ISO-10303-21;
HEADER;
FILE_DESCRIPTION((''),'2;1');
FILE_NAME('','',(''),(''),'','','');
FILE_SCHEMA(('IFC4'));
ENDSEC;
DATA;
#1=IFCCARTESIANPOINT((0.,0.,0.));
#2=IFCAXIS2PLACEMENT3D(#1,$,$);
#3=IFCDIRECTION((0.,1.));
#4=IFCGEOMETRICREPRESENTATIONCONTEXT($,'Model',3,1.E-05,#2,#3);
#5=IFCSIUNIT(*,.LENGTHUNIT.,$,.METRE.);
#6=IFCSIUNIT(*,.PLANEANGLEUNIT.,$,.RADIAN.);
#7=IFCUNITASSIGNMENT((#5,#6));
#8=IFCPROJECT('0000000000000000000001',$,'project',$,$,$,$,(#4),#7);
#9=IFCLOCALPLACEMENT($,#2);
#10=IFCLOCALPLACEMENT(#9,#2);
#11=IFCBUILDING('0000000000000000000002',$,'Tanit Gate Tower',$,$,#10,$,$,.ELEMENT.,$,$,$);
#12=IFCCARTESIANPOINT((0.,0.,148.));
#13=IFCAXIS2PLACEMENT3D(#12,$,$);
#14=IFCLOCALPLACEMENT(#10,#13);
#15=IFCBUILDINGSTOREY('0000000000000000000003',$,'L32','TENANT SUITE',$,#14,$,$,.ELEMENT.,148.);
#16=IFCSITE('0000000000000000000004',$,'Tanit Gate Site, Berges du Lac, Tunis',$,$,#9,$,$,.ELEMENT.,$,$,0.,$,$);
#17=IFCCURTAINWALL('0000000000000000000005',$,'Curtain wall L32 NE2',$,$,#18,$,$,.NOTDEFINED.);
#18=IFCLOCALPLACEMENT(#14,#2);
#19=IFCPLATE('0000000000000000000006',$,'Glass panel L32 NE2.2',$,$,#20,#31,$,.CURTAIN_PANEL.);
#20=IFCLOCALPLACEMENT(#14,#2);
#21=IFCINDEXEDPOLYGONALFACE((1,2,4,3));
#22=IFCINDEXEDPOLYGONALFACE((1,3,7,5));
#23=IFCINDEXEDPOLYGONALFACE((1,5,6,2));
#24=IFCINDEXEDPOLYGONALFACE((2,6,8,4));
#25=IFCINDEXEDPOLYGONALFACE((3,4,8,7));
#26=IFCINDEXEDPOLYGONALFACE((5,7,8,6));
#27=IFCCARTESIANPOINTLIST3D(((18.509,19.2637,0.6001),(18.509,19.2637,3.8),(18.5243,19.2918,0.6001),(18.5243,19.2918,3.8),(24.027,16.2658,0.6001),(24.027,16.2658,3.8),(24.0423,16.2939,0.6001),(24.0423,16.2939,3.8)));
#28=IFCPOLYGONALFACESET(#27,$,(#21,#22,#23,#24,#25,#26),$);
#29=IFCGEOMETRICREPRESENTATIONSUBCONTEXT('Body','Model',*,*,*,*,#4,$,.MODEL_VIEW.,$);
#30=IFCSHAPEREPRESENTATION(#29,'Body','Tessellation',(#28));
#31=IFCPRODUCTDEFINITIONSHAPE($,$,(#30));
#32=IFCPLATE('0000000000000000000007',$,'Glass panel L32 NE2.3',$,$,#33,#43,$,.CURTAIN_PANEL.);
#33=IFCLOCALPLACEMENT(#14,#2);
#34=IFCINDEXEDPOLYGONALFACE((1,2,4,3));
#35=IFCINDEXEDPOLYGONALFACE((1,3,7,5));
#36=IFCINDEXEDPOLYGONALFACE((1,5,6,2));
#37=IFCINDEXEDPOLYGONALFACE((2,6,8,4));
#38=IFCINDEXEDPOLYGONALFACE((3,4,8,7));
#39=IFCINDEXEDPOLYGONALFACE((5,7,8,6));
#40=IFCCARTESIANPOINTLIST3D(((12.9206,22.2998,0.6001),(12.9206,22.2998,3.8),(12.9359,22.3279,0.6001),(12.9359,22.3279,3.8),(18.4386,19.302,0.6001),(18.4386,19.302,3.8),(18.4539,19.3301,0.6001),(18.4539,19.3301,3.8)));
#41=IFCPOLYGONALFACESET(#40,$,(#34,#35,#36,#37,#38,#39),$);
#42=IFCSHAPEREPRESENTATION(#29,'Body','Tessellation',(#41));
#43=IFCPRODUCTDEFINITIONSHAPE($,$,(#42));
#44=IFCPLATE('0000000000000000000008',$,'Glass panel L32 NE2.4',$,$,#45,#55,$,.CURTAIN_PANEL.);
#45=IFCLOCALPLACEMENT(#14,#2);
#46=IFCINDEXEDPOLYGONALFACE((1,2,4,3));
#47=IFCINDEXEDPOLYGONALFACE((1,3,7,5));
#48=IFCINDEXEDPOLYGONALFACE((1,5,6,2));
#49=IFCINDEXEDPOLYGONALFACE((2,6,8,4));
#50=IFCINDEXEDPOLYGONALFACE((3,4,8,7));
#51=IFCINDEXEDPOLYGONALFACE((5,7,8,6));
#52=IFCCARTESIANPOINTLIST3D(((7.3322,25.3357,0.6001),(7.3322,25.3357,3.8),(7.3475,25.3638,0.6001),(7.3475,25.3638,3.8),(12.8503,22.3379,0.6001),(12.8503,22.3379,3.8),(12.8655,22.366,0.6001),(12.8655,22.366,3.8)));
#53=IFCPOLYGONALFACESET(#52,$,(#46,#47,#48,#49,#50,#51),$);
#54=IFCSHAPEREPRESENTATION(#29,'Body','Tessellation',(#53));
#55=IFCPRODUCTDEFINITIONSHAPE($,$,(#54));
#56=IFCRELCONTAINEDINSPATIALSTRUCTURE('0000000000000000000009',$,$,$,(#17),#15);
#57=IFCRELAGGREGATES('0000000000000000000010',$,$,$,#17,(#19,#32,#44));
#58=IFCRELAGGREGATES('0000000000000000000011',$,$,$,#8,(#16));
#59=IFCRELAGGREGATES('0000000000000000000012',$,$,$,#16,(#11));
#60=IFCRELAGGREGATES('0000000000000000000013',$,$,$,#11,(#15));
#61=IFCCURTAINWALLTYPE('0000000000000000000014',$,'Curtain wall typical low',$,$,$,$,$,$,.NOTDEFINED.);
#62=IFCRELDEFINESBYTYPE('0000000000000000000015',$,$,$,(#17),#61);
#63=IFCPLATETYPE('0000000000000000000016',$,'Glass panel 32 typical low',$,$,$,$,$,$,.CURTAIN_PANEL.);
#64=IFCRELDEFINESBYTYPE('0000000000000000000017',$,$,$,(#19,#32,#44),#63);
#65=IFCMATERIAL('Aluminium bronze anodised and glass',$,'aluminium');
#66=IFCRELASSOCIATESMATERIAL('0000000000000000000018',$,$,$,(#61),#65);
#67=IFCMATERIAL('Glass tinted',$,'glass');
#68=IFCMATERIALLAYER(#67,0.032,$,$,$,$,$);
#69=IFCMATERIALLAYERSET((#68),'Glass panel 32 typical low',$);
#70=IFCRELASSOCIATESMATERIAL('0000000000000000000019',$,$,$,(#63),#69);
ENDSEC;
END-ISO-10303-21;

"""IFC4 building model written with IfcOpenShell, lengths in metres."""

from ifc_helpers import new_model, si_unit, direction, frame, origin, origin_2d, place, context, subcontext, project, spatial, rectangle, extrude, material, layer, layer_set, type_object, element, aggregate, save


model = new_model("IFC4")

# Units and contexts
model_context = context("Model", 3, precision=1e-05, world=origin(), true_north=direction((0.0, 1.0)))
body_context = subcontext(model_context, "Body", "Model", "MODEL_VIEW")
ifc_project = project(units=[si_unit("LENGTHUNIT", "METRE"), si_unit("PLANEANGLEUNIT", "RADIAN")], contexts=[model_context])

# Site, building, storey
site_placement = place(None, origin())
site = spatial("IfcSite", under=ifc_project, at=site_placement, Name="Tanit Gate Site, Berges du Lac, Tunis", CompositionType="ELEMENT", RefElevation=0.0)
building_placement = place(site_placement, origin())
building = spatial("IfcBuilding", under=site, at=building_placement, Name="Tanit Gate Tower", CompositionType="ELEMENT")
storey_placement = place(building_placement, frame((0.0, 0.0, 148.0)))
storey = spatial("IfcBuildingStorey", under=building, at=storey_placement, Name="L32", Description="TENANT SUITE", CompositionType="ELEMENT", Elevation=148.0)

# Curtain wall
ifc_material_1 = material(Name="Aluminium bronze anodised and glass", Category="aluminium")
curtain_wall_type = type_object("IfcCurtainWallType", Name="Curtain wall typical low", PredefinedType="NOTDEFINED", material=ifc_material_1)
curtain_wall_placement = place(storey_placement, origin())
curtain_wall = element("IfcCurtainWall", 1, at=curtain_wall_placement, inside=storey, type_object=curtain_wall_type, Name="Curtain wall L32 NE2", PredefinedType="NOTDEFINED")

# Plates
ifc_material_2 = material(Name="Glass tinted", Category="glass")
ifc_layer = layer(ifc_material_2, 0.032)
ifc_layer_set = layer_set([ifc_layer], Name="Glass panel 32 typical low")
plate_type = type_object("IfcPlateType", Name="Glass panel 32 typical low", PredefinedType="CURTAIN_PANEL", material=ifc_layer_set)
plate_1_placement = place(storey_placement, frame((21.2756, 17.7788, 0.6001), z_axis=(0.0, 0.0, 1.0), x_axis=(-0.878696, 0.477381, 0.0)))
plate_1 = element("IfcPlate", 2, at=plate_1_placement, type_object=plate_type, Name="Glass panel L32 NE2.2", PredefinedType="CURTAIN_PANEL", context=body_context, shape_type="SweptSolid", body=[
    extrude(rectangle(XDim=6.2798, YDim=0.032, at=origin_2d()), origin(), (0.0, 0.0, 1.0), 3.2),
])
plate_2_placement = place(storey_placement, frame((15.6873, 20.8149, 0.6001), z_axis=(0.0, 0.0, 1.0), x_axis=(-0.878696, 0.477381, 0.0)))
plate_2 = element("IfcPlate", 3, at=plate_2_placement, type_object=plate_type, Name="Glass panel L32 NE2.3", PredefinedType="CURTAIN_PANEL", context=body_context, shape_type="SweptSolid", body=[
    extrude(rectangle(XDim=6.2798, YDim=0.032, at=origin_2d()), origin(), (0.0, 0.0, 1.0), 3.2),
])
plate_3_placement = place(storey_placement, frame((10.0989, 23.8508, 0.6001), z_axis=(0.0, 0.0, 1.0), x_axis=(-0.878696, 0.477381, 0.0)))
plate_3 = element("IfcPlate", 4, at=plate_3_placement, type_object=plate_type, Name="Glass panel L32 NE2.4", PredefinedType="CURTAIN_PANEL", context=body_context, shape_type="SweptSolid", body=[
    extrude(rectangle(XDim=6.2798, YDim=0.032, at=origin_2d()), origin(), (0.0, 0.0, 1.0), 3.2),
])
aggregate(curtain_wall, [plate_1, plate_2, plate_3])

save(model, "model.ifc")
